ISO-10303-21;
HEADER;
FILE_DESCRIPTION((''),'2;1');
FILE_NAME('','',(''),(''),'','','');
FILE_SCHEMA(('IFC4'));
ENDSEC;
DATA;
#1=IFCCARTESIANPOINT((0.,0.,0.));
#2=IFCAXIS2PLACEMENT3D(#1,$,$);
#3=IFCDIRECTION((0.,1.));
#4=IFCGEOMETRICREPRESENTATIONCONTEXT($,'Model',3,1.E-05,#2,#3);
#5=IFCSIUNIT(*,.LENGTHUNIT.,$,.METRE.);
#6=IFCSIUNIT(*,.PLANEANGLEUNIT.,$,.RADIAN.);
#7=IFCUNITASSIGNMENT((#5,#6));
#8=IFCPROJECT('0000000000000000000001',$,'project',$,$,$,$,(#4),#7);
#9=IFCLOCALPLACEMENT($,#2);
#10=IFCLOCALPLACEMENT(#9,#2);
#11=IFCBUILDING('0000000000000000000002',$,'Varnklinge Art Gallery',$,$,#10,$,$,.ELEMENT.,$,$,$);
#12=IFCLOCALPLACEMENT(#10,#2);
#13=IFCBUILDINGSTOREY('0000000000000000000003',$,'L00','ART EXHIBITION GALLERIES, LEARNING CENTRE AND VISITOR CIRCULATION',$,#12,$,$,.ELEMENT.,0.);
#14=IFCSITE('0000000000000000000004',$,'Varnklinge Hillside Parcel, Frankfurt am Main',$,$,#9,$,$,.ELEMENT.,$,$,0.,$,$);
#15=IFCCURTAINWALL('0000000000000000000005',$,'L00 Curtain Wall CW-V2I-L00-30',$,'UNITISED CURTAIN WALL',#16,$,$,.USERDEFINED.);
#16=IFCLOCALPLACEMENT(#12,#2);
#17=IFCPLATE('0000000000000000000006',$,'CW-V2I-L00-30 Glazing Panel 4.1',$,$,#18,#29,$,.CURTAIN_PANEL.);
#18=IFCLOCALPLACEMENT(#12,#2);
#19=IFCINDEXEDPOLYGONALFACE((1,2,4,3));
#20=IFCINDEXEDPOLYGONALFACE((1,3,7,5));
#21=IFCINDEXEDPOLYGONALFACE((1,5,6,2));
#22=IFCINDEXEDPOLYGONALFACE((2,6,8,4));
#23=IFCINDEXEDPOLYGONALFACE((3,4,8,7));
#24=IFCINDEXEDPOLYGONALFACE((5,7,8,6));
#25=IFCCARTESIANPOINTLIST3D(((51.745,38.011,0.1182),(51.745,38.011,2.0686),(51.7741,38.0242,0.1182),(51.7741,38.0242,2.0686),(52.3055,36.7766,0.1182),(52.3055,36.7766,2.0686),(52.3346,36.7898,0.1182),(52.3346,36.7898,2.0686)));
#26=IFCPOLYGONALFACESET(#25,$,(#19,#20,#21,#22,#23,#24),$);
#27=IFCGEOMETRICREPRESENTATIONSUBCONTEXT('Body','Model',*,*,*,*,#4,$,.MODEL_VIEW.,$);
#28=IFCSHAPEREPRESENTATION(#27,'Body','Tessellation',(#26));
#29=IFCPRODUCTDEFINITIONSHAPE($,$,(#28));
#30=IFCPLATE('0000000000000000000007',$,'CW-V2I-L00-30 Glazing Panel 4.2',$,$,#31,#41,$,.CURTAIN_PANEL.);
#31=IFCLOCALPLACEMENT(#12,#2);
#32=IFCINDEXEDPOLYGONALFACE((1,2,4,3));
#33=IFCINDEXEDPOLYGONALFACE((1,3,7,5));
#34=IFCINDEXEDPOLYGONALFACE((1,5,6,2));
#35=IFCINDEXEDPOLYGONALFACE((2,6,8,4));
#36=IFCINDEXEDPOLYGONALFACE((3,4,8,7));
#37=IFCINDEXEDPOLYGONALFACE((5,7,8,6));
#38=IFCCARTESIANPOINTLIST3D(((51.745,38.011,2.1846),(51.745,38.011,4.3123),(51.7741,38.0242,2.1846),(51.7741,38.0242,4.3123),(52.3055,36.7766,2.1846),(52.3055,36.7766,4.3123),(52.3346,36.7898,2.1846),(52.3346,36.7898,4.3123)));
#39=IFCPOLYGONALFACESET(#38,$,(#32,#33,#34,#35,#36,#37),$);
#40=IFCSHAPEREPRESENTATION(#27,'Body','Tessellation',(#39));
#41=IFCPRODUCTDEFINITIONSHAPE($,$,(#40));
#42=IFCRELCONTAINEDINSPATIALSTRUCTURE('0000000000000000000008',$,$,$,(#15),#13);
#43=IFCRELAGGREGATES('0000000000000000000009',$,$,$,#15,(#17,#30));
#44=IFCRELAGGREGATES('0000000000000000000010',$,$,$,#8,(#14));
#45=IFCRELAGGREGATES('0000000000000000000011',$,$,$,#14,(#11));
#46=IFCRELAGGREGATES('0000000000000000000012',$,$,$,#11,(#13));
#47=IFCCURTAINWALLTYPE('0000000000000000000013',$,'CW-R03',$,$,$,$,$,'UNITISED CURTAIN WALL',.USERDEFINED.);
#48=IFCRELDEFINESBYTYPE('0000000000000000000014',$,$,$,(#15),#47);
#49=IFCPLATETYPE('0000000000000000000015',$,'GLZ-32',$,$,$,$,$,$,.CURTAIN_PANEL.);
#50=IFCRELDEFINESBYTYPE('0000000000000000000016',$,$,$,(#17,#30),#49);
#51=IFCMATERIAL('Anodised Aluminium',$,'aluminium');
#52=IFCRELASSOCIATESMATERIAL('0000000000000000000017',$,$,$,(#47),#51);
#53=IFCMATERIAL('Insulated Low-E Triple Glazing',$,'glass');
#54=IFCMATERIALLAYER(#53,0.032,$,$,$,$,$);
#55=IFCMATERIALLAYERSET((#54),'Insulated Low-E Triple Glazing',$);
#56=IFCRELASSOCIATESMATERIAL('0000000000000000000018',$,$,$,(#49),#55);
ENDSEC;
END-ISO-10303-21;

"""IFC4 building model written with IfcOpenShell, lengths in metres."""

from ifc_helpers import new_model, si_unit, direction, frame, origin, origin_2d, place, context, subcontext, project, spatial, rectangle, extrude, material, layer, layer_set, type_object, element, aggregate, save


model = new_model("IFC4")

# Units and contexts
model_context = context("Model", 3, precision=1e-05, world=origin(), true_north=direction((0.0, 1.0)))
body_context = subcontext(model_context, "Body", "Model", "MODEL_VIEW")
ifc_project = project(units=[si_unit("LENGTHUNIT", "METRE"), si_unit("PLANEANGLEUNIT", "RADIAN")], contexts=[model_context])

# Site, building, storey
site_placement = place(None, origin())
site = spatial("IfcSite", under=ifc_project, at=site_placement, Name="Varnklinge Hillside Parcel, Frankfurt am Main", CompositionType="ELEMENT", RefElevation=0.0)
building_placement = place(site_placement, origin())
building = spatial("IfcBuilding", under=site, at=building_placement, Name="Varnklinge Art Gallery", CompositionType="ELEMENT")
storey_placement = place(building_placement, origin())
storey = spatial("IfcBuildingStorey", under=building, at=storey_placement, Name="L00", Description="ART EXHIBITION GALLERIES, LEARNING CENTRE AND VISITOR CIRCULATION", CompositionType="ELEMENT", Elevation=0.0)

# Curtain wall
ifc_material_1 = material(Name="Anodised Aluminium", Category="aluminium")
curtain_wall_type = type_object("IfcCurtainWallType", Name="CW-R03", ElementType="UNITISED CURTAIN WALL", PredefinedType="USERDEFINED", material=ifc_material_1)
curtain_wall_1_placement = place(storey_placement, origin())
curtain_wall_1 = element("IfcCurtainWall", 1, at=curtain_wall_1_placement, inside=storey, type_object=curtain_wall_type, Name="L00 Curtain Wall CW-V2I-L00-30", ObjectType="UNITISED CURTAIN WALL", PredefinedType="USERDEFINED")

# Plates
ifc_material_2 = material(Name="Insulated Low-E Triple Glazing", Category="glass")
ifc_layer = layer(ifc_material_2, 0.032)
ifc_layer_set = layer_set([ifc_layer], Name="Insulated Low-E Triple Glazing")
plate_type = type_object("IfcPlateType", Name="GLZ-32", PredefinedType="CURTAIN_PANEL", material=ifc_layer_set)
plate_1_placement = place(storey_placement, frame((52.0398, 37.4004, 0.1182), z_axis=(0.0, 0.0, 1.0), x_axis=(-0.413422, 0.910539, 0.0)))
plate_1 = element("IfcPlate", 2, at=plate_1_placement, type_object=plate_type, Name="CW-V2I-L00-30 Glazing Panel 4.1", PredefinedType="CURTAIN_PANEL", context=body_context, shape_type="SweptSolid", body=[
    extrude(rectangle(XDim=1.3557, YDim=0.032, at=origin_2d()), origin(), (0.0, 0.0, 1.0), 1.9504),
])
plate_2_placement = place(storey_placement, frame((52.0398, 37.4004, 2.1846), z_axis=(0.0, 0.0, 1.0), x_axis=(-0.413422, 0.910539, 0.0)))
plate_2 = element("IfcPlate", 3, at=plate_2_placement, type_object=plate_type, Name="CW-V2I-L00-30 Glazing Panel 4.2", PredefinedType="CURTAIN_PANEL", context=body_context, shape_type="SweptSolid", body=[
    extrude(rectangle(XDim=1.3557, YDim=0.032, at=origin_2d()), origin(), (0.0, 0.0, 1.0), 2.1277),
])
aggregate(curtain_wall_1, [plate_1, plate_2])

save(model, "model.ifc")
